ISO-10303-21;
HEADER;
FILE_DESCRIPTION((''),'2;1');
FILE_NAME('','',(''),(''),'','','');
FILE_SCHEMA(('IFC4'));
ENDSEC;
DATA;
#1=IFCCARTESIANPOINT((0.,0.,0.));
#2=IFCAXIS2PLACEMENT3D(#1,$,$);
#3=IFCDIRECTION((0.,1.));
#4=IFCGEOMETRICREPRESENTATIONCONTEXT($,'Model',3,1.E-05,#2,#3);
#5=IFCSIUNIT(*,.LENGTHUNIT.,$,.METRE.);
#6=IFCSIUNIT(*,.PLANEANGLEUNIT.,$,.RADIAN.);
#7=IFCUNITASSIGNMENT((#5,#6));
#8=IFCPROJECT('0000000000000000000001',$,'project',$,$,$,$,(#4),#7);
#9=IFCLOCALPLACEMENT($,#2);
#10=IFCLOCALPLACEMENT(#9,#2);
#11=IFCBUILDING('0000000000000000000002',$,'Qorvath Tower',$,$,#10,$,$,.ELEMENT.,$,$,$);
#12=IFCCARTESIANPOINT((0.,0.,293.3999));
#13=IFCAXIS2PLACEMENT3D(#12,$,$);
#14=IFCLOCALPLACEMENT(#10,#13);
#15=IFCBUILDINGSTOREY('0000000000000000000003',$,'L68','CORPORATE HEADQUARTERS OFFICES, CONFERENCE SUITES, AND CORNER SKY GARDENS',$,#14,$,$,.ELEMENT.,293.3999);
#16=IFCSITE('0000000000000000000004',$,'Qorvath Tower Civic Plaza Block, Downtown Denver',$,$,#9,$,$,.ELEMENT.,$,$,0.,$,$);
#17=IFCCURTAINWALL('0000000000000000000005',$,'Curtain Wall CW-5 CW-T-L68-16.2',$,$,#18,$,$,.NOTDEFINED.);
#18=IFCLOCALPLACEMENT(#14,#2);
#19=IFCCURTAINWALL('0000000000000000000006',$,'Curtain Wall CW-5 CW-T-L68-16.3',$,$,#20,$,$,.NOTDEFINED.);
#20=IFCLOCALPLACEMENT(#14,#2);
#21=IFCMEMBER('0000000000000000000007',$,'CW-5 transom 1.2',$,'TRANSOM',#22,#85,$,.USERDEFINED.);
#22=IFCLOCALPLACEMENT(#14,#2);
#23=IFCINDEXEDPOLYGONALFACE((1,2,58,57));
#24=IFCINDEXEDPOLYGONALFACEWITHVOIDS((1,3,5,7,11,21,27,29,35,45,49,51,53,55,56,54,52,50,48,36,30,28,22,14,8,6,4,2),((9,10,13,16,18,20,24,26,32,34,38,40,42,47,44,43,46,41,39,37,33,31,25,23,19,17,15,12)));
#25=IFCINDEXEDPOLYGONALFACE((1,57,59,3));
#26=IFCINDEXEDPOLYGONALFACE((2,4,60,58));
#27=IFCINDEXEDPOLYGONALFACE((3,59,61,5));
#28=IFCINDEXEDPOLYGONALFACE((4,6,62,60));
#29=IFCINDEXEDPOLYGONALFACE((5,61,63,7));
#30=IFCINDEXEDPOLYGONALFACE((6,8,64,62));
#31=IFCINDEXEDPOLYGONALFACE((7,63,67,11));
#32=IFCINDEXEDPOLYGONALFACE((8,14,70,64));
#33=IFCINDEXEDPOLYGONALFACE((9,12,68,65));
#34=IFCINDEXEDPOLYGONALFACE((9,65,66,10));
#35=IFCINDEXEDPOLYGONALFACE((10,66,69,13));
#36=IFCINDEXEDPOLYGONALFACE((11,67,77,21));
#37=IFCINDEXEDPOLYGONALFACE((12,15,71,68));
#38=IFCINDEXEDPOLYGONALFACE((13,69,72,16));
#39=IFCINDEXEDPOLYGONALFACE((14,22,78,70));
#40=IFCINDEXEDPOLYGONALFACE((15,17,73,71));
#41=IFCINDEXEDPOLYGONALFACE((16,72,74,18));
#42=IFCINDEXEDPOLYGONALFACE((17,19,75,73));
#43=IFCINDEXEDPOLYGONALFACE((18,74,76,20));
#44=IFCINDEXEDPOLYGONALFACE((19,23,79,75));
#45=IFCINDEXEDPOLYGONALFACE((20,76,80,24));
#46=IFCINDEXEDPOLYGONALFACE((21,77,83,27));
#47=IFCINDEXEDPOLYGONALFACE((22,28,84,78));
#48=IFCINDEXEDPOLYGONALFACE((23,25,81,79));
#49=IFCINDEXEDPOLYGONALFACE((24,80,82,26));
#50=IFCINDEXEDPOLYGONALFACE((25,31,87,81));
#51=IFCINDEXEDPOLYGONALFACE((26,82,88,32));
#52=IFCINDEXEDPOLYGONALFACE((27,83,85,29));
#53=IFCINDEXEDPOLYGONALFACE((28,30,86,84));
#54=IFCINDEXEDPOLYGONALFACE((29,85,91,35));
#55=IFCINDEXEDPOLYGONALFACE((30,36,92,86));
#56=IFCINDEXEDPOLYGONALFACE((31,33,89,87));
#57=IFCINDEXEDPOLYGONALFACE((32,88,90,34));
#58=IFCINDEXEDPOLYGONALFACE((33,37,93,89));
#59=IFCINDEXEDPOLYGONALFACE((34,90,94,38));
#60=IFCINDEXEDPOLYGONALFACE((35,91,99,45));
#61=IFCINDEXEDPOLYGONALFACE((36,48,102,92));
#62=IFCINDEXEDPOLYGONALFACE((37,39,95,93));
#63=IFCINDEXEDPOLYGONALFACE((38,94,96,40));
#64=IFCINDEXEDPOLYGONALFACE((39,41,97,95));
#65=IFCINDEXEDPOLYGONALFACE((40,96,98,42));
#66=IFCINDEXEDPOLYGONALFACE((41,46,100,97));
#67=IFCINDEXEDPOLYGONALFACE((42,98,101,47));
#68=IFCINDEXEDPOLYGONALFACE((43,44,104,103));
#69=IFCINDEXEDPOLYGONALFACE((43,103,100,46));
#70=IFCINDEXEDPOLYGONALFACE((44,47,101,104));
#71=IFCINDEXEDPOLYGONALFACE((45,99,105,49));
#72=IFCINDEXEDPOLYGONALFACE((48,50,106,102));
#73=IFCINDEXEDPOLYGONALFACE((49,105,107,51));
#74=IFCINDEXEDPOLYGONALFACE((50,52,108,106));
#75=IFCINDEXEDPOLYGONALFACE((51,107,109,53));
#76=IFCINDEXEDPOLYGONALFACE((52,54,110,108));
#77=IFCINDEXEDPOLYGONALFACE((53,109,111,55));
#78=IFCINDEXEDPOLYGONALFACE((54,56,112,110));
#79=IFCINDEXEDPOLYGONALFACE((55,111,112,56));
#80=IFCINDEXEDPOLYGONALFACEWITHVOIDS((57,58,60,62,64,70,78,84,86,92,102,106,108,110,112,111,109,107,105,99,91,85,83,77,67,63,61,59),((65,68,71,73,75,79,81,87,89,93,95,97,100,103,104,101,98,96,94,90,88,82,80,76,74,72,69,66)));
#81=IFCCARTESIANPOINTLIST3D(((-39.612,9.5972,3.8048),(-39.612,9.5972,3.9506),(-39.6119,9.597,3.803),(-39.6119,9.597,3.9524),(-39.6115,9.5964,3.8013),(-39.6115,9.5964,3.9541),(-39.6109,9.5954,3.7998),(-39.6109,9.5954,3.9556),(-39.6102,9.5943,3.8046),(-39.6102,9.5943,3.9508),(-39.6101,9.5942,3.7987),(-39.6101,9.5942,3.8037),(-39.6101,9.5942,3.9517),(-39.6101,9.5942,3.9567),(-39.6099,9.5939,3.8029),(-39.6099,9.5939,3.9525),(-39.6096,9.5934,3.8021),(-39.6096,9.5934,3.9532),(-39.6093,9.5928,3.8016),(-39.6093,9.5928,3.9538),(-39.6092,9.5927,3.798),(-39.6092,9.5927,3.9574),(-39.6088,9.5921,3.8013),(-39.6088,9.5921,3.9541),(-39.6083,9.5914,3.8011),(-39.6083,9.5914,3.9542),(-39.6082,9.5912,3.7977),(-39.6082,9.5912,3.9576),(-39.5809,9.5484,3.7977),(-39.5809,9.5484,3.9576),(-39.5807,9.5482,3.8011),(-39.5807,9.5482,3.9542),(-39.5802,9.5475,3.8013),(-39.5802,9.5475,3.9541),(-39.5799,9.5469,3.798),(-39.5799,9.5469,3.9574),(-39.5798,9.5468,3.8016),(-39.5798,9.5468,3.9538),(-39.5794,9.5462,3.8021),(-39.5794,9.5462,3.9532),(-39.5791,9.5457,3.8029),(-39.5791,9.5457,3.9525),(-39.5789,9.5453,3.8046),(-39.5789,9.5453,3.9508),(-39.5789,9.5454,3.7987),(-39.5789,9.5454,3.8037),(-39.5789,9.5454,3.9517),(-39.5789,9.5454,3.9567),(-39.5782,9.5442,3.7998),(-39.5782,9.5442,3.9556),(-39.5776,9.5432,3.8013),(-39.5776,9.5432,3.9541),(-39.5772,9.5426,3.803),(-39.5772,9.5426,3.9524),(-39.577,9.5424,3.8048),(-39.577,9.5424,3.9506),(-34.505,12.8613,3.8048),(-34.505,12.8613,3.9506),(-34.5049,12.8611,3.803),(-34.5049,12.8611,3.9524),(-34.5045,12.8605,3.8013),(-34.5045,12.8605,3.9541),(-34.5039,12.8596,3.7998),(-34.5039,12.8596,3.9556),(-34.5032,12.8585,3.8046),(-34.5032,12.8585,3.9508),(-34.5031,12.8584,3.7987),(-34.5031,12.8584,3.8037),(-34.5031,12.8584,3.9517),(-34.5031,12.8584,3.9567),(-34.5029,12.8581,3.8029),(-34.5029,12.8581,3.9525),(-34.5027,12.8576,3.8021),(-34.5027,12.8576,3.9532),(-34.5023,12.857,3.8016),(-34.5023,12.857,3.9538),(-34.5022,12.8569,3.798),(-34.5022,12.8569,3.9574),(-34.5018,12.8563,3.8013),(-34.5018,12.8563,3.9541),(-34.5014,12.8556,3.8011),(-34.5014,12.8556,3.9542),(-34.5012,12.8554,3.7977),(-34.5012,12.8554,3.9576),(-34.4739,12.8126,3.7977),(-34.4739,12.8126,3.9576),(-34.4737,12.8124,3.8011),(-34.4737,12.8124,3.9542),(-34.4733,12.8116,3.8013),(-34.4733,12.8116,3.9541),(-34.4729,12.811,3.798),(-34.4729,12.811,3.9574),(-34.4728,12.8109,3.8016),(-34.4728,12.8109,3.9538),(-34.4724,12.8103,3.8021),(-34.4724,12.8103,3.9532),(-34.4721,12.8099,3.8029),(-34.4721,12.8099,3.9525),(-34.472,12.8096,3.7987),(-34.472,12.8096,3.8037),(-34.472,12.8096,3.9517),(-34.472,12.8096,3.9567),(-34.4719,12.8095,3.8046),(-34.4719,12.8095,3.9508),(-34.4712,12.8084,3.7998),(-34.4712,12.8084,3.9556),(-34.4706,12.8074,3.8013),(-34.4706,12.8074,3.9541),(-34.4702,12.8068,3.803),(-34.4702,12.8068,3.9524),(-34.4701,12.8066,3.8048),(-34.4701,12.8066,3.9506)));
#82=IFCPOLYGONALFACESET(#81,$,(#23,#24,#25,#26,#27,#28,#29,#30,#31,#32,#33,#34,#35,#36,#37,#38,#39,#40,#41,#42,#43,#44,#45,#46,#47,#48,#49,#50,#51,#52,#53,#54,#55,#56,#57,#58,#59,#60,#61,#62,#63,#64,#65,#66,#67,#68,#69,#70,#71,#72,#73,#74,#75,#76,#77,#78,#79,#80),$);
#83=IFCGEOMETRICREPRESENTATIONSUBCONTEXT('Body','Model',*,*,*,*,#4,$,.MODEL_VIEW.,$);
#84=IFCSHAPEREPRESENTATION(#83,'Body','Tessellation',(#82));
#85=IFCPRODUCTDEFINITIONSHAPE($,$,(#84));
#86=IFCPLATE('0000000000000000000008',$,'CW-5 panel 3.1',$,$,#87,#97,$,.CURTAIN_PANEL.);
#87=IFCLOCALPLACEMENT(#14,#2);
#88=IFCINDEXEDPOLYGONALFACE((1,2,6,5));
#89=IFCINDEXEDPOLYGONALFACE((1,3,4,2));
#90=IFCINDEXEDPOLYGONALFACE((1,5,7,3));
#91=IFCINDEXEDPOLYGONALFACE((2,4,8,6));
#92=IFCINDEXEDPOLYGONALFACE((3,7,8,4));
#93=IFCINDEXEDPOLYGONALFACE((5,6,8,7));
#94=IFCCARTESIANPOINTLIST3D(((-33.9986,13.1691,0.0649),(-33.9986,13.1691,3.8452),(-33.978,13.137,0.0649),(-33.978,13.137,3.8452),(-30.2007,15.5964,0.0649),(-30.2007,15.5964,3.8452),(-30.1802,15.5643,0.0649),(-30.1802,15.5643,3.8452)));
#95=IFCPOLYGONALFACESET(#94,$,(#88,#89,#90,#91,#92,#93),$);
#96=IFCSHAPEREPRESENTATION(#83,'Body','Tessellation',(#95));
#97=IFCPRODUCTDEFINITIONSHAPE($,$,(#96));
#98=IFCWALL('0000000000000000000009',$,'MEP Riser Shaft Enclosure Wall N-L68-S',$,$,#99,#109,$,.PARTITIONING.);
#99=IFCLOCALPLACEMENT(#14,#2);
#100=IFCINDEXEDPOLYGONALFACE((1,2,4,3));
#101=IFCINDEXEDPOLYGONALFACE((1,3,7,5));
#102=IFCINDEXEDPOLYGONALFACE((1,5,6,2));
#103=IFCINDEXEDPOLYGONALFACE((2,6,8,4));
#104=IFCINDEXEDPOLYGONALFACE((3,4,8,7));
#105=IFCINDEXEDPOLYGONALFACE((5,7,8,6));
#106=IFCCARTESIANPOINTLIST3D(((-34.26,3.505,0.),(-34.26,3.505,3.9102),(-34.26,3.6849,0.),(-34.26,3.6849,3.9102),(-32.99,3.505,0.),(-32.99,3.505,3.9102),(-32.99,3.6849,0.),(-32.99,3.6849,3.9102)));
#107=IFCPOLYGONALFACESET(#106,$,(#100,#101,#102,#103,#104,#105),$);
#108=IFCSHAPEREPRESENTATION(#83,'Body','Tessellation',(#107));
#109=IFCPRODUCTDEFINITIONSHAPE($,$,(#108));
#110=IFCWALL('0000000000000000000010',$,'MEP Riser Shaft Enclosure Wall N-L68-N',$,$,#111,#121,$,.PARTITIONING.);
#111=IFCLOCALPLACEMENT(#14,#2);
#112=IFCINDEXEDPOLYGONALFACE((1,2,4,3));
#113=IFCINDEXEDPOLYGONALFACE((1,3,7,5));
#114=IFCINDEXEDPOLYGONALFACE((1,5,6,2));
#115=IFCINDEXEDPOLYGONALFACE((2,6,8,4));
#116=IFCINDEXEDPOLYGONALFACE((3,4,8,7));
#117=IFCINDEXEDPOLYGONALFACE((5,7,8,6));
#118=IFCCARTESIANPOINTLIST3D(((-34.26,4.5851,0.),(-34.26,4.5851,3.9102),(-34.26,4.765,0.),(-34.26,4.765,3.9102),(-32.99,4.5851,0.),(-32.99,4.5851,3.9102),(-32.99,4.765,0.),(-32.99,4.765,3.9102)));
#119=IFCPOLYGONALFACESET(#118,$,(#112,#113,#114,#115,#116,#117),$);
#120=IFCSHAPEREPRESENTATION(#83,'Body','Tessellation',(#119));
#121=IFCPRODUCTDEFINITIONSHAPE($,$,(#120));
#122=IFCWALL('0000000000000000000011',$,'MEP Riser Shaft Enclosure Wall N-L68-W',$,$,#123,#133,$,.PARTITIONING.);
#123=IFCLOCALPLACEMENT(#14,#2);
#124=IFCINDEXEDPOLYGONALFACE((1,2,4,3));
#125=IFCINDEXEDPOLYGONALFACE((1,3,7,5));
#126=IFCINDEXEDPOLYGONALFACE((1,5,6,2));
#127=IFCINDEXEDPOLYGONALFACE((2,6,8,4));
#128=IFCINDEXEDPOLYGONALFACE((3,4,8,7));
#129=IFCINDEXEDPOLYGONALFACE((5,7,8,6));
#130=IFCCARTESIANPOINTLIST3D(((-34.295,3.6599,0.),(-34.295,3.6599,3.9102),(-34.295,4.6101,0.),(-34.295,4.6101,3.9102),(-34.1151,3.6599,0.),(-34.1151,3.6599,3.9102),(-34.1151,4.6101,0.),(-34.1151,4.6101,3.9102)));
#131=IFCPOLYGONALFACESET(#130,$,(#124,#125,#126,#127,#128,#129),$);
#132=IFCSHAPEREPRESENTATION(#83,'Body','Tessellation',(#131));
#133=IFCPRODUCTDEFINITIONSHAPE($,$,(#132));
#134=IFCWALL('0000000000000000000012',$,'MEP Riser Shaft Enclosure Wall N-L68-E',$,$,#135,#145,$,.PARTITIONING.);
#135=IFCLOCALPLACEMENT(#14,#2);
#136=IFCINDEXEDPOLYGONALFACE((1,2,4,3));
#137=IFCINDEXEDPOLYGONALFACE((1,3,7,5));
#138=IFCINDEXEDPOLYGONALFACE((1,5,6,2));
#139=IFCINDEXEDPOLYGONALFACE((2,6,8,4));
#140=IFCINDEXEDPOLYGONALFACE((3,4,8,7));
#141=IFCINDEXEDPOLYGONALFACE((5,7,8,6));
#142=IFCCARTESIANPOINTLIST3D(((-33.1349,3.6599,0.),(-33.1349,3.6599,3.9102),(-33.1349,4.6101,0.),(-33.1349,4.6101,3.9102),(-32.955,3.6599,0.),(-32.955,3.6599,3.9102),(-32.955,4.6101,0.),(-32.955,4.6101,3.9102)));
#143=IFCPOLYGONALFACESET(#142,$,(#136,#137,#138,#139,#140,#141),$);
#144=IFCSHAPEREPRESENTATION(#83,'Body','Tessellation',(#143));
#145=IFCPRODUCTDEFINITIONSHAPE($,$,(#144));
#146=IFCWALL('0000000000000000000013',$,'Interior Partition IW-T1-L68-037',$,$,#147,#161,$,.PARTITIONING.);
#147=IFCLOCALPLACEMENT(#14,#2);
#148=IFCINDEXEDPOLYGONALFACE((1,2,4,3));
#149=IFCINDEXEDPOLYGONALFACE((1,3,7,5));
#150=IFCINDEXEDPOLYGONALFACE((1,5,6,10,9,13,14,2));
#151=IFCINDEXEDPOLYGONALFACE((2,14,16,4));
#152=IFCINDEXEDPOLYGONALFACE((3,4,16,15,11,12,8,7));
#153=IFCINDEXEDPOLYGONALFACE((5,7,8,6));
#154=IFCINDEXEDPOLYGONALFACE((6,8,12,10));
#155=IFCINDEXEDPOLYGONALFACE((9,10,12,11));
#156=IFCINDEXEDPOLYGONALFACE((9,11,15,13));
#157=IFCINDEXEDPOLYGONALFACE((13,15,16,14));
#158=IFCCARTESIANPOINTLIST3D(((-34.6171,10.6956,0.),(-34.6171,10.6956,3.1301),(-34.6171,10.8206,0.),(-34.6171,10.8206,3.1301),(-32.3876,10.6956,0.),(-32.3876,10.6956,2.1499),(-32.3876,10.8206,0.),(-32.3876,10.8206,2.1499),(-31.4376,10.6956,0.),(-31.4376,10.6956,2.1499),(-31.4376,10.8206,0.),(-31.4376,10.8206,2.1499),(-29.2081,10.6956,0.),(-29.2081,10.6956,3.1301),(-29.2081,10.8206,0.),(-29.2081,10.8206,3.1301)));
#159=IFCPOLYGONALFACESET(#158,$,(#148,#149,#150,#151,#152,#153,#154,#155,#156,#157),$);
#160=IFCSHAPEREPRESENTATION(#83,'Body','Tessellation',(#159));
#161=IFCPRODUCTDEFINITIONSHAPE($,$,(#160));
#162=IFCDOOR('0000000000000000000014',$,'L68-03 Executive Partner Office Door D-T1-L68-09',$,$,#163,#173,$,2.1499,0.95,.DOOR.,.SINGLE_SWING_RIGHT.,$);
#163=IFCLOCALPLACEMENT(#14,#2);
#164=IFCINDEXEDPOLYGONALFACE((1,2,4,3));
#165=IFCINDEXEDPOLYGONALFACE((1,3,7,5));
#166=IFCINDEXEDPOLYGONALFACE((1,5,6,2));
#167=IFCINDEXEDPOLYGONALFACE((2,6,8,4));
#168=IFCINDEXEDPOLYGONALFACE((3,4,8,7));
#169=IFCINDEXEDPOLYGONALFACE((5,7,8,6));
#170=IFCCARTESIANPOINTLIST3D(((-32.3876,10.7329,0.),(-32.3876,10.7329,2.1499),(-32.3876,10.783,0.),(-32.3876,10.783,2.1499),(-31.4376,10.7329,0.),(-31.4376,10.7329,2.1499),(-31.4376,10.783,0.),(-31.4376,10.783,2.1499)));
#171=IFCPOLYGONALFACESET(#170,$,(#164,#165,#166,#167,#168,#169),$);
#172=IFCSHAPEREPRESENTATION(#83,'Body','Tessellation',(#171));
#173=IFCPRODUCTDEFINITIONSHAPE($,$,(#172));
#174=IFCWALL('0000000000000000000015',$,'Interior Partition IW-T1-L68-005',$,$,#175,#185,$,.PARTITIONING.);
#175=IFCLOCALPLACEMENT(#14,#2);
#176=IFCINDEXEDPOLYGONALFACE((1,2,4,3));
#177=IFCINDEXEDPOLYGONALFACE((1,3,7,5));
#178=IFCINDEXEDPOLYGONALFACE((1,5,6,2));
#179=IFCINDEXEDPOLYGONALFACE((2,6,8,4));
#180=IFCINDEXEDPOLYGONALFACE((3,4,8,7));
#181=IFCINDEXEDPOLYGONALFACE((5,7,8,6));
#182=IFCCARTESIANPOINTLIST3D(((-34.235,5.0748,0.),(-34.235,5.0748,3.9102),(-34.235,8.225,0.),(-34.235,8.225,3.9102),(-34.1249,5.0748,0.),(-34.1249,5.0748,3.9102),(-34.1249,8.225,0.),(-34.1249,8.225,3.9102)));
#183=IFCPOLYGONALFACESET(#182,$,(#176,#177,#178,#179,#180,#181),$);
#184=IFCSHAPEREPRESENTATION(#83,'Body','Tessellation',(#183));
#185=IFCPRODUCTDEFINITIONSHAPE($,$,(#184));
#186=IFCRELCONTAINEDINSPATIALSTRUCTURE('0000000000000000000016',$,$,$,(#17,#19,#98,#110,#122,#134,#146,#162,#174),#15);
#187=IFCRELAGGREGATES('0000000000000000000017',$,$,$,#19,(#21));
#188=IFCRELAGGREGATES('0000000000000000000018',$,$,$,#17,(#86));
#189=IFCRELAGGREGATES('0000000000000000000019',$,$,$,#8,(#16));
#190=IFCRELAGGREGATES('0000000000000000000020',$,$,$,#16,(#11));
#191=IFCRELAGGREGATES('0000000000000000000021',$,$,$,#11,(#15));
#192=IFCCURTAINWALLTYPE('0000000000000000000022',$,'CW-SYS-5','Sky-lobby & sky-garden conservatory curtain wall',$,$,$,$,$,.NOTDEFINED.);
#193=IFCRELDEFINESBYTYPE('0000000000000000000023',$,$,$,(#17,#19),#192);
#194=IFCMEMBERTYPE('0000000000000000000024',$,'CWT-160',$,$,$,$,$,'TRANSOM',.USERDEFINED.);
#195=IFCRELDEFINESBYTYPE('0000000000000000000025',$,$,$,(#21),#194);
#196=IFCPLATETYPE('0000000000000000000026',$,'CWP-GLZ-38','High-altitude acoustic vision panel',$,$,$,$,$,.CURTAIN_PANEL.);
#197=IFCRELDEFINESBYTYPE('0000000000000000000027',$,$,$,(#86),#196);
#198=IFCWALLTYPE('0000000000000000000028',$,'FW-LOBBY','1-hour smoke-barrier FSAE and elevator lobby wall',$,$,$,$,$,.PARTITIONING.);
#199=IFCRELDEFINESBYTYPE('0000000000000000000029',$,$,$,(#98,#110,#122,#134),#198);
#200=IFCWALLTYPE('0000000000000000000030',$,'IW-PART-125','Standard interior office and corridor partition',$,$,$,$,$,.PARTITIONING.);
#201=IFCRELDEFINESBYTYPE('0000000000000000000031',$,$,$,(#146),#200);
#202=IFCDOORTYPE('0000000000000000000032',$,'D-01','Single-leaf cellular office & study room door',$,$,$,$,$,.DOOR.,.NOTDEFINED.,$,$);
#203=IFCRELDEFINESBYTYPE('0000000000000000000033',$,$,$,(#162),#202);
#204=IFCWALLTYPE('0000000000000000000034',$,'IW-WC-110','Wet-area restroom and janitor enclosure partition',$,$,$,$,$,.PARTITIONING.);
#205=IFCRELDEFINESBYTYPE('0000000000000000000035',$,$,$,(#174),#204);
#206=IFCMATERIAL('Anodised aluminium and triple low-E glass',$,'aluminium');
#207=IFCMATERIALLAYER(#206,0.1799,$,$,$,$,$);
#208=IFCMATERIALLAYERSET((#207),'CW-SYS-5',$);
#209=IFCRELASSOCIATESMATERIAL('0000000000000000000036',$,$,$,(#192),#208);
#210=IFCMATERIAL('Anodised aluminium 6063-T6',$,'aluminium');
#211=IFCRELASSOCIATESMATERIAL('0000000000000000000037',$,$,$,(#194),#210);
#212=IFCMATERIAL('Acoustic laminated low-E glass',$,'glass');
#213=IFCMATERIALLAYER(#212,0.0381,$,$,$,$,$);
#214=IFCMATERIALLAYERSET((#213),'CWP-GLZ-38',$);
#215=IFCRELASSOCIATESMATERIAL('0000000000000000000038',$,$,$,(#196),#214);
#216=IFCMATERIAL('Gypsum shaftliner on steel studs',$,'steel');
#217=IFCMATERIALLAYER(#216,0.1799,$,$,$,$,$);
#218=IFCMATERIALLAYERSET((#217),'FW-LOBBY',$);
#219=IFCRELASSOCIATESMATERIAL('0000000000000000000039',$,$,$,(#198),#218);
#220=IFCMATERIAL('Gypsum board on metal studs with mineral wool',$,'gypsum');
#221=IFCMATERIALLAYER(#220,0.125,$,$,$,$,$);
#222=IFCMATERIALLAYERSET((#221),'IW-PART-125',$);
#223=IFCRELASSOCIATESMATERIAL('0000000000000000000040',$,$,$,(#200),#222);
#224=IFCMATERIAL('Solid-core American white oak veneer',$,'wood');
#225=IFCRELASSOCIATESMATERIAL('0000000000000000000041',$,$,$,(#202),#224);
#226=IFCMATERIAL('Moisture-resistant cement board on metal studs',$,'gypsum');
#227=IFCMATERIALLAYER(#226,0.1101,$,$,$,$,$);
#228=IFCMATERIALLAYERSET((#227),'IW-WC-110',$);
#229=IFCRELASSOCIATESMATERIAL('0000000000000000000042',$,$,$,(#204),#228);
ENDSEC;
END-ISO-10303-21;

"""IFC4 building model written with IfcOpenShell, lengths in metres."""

from ifc_helpers import new_model, si_unit, direction, frame, frame_2d, origin, origin_2d, place, context, subcontext, project, spatial, rectangle, hollow_rectangle, extrude, material, layer, layer_set, material_profile, profile_set, type_object, element, fill, aggregate, save


model = new_model("IFC4")

# Units and contexts
model_context = context("Model", 3, precision=1e-05, world=origin(), true_north=direction((0.0, 1.0)))
body_context = subcontext(model_context, "Body", "Model", "MODEL_VIEW")
ifc_project = project(units=[si_unit("LENGTHUNIT", "METRE"), si_unit("PLANEANGLEUNIT", "RADIAN")], contexts=[model_context])

# Site, building, storey
site_placement = place(None, origin())
site = spatial("IfcSite", under=ifc_project, at=site_placement, Name="Qorvath Tower Civic Plaza Block, Downtown Denver", CompositionType="ELEMENT", RefElevation=0.0)
building_placement = place(site_placement, origin())
building = spatial("IfcBuilding", under=site, at=building_placement, Name="Qorvath Tower", CompositionType="ELEMENT")
storey_placement = place(building_placement, frame((0.0, 0.0, 293.3999)))
storey = spatial("IfcBuildingStorey", under=building, at=storey_placement, Name="L68", Description="CORPORATE HEADQUARTERS OFFICES, CONFERENCE SUITES, AND CORNER SKY GARDENS", CompositionType="ELEMENT", Elevation=293.3999)

# Curtain walls
ifc_material_1 = material(Name="Anodised aluminium and triple low-E glass", Category="aluminium")
ifc_layer_1 = layer(ifc_material_1, 0.1799)
ifc_layer_set_1 = layer_set([ifc_layer_1], Name="CW-SYS-5")
curtain_wall_type = type_object("IfcCurtainWallType", Name="CW-SYS-5", Description="Sky-lobby & sky-garden conservatory curtain wall", PredefinedType="NOTDEFINED", material=ifc_layer_set_1)
curtain_wall_1_placement = place(storey_placement, origin())
curtain_wall_1 = element("IfcCurtainWall", 1, at=curtain_wall_1_placement, inside=storey, type_object=curtain_wall_type, Name="Curtain Wall CW-5 CW-T-L68-16.2", PredefinedType="NOTDEFINED")
curtain_wall_2_placement = place(storey_placement, origin())
curtain_wall_2 = element("IfcCurtainWall", 2, at=curtain_wall_2_placement, inside=storey, type_object=curtain_wall_type, Name="Curtain Wall CW-5 CW-T-L68-16.3", PredefinedType="NOTDEFINED")

# Member
ifc_material_2 = material(Name="Anodised aluminium 6063-T6", Category="aluminium")
ifc_material_profile_1 = material_profile(ifc_material_2, hollow_rectangle(XDim=0.0649, YDim=0.1599, WallThickness=0.0034, InnerFilletRadius=0.0034, OuterFilletRadius=0.0071, at=origin_2d()), Name="CWT 160x65")
ifc_profile_set_1 = profile_set([ifc_material_profile_1], Name="Anodised aluminium 6063-T6")
member_type_1 = type_object("IfcMemberType", Name="CWT-160", ElementType="TRANSOM", PredefinedType="USERDEFINED", material=ifc_profile_set_1)
member_1_placement = place(storey_placement, frame((-34.4875, 12.834, 3.8777), z_axis=(-0.842592, -0.538553, 0.0), x_axis=(0.538553, -0.842592, 0.0)))
member_1 = element("IfcMember", 3, at=member_1_placement, type_object=member_type_1, Name="CW-5 transom 1.2", ObjectType="TRANSOM", PredefinedType="USERDEFINED", context=body_context, shape_type="SweptSolid", body=[
    extrude(hollow_rectangle(XDim=0.0649, YDim=0.1599, WallThickness=0.0034, InnerFilletRadius=0.0034, OuterFilletRadius=0.0071, at=origin_2d()), origin(), (0.0, 0.0, 1.0), 6.061),
])
aggregate(curtain_wall_2, [member_1])

# Plate
ifc_material_3 = material(Name="Acoustic laminated low-E glass", Category="glass")
ifc_layer_2 = layer(ifc_material_3, 0.0381)
ifc_layer_set_2 = layer_set([ifc_layer_2], Name="CWP-GLZ-38")
plate_type = type_object("IfcPlateType", Name="CWP-GLZ-38", Description="High-altitude acoustic vision panel", PredefinedType="CURTAIN_PANEL", material=ifc_layer_set_2)
plate_placement = place(storey_placement, frame((-32.0894, 14.3667, 0.0649), z_axis=(0.0, 0.0, 1.0), x_axis=(-0.842604, -0.538534, 0.0)))
plate = element("IfcPlate", 4, at=plate_placement, type_object=plate_type, Name="CW-5 panel 3.1", PredefinedType="CURTAIN_PANEL", context=body_context, shape_type="SweptSolid", body=[
    extrude(rectangle(XDim=4.5073, YDim=0.0381, at=origin_2d()), origin(), (0.0, 0.0, 1.0), 3.7803),
])
aggregate(curtain_wall_1, [plate])

# Walls
ifc_material_4 = material(Name="Gypsum shaftliner on steel studs", Category="steel")
ifc_layer_3 = layer(ifc_material_4, 0.1799)
ifc_layer_set_3 = layer_set([ifc_layer_3], Name="FW-LOBBY")
wall_type_1 = type_object("IfcWallType", Name="FW-LOBBY", Description="1-hour smoke-barrier FSAE and elevator lobby wall", PredefinedType="PARTITIONING", material=ifc_layer_set_3)
for number, where, z_axis, x_axis, name in (
    (5, (-32.99, 3.595, 0.0), (0.0, 0.0, 1.0), (-1.0, 0.0, 0.0), "MEP Riser Shaft Enclosure Wall N-L68-S"),
    (6, (-34.26, 4.675, 0.0), (0.0, 0.0, 1.0), (1.0, 0.0, 0.0), "MEP Riser Shaft Enclosure Wall N-L68-N"),
):
    element("IfcWall", number, at=place(storey_placement, frame(where, z_axis=z_axis, x_axis=x_axis)), inside=storey, type_object=wall_type_1, Name=name, PredefinedType="PARTITIONING", context=body_context, shape_type="SweptSolid", body=[
        extrude(rectangle(XDim=1.27, YDim=0.1799, at=frame_2d((0.635, 0.0))), origin(), (0.0, 0.0, 1.0), 3.9102),
    ])
for number, where, z_axis, x_axis, name in (
    (7, (-34.2051, 3.6599, 0.0), (0.0, 0.0, 1.0), (0.0, 1.0, 0.0), "MEP Riser Shaft Enclosure Wall N-L68-W"),
    (8, (-33.0449, 4.6101, 0.0), (0.0, 0.0, 1.0), (0.0, -1.0, 0.0), "MEP Riser Shaft Enclosure Wall N-L68-E"),
):
    element("IfcWall", number, at=place(storey_placement, frame(where, z_axis=z_axis, x_axis=x_axis)), inside=storey, type_object=wall_type_1, Name=name, PredefinedType="PARTITIONING", context=body_context, shape_type="SweptSolid", body=[
        extrude(rectangle(XDim=0.9502, YDim=0.1799, at=frame_2d((0.4751, 0.0))), origin(), (0.0, 0.0, 1.0), 3.9102),
    ])

# Wall, opening, door
ifc_material_5 = material(Name="Gypsum board on metal studs with mineral wool", Category="gypsum")
ifc_layer_4 = layer(ifc_material_5, 0.125)
ifc_layer_set_4 = layer_set([ifc_layer_4], Name="IW-PART-125")
wall_type_2 = type_object("IfcWallType", Name="IW-PART-125", Description="Standard interior office and corridor partition", PredefinedType="PARTITIONING", material=ifc_layer_set_4)
wall_1_placement = place(storey_placement, frame((-34.6172, 10.7581, 0.0), z_axis=(0.0, 0.0, 1.0), x_axis=(1.0, 0.0, 0.0)))
wall_1 = element("IfcWall", 9, at=wall_1_placement, inside=storey, type_object=wall_type_2, Name="Interior Partition IW-T1-L68-037", PredefinedType="PARTITIONING", context=body_context, shape_type="SweptSolid", body=[
    extrude(rectangle(XDim=5.4089, YDim=0.125, at=frame_2d((2.7046, 0.0))), origin(), (0.0, 0.0, 1.0), 3.1301),
])
opening_placement = place(wall_1_placement, frame((2.2295, 0.0, 0.0)))
opening = element("IfcOpeningElement", 10, at=opening_placement, cuts=wall_1, PredefinedType="OPENING", context=body_context, shape_type="SweptSolid", body=[
    extrude(rectangle(XDim=0.95, YDim=2.1499, at=frame_2d((0.4751, 1.075))), frame((0.0, 0.0725, 0.0), z_axis=(0.0, -1.0, 0.0), x_axis=(1.0, 0.0, 0.0)), (0.0, 0.0, 1.0), 0.145),
])
ifc_material_6 = material(Name="Solid-core American white oak veneer", Category="wood")
door_type = type_object("IfcDoorType", Name="D-01", Description="Single-leaf cellular office & study room door", OperationType="NOTDEFINED", PredefinedType="DOOR", material=ifc_material_6)
door_placement = place(opening_placement, origin())
door = element("IfcDoor", 11, at=door_placement, inside=storey, type_object=door_type, Name="L68-03 Executive Partner Office Door D-T1-L68-09", OperationType="SINGLE_SWING_RIGHT", OverallHeight=2.1499, OverallWidth=0.95, PredefinedType="DOOR", context=body_context, shape_type="SweptSolid", body=[
    extrude(rectangle(XDim=0.95, YDim=2.1499, at=frame_2d((0.4751, 1.075))), frame((0.0, 0.0249, 0.0), z_axis=(0.0, -1.0, 0.0), x_axis=(1.0, 0.0, 0.0)), (0.0, 0.0, 1.0), 0.05),
])
fill(opening, door)

# Wall
ifc_material_7 = material(Name="Moisture-resistant cement board on metal studs", Category="gypsum")
ifc_layer_5 = layer(ifc_material_7, 0.1101)
ifc_layer_set_5 = layer_set([ifc_layer_5], Name="IW-WC-110")
wall_type_3 = type_object("IfcWallType", Name="IW-WC-110", Description="Wet-area restroom and janitor enclosure partition", PredefinedType="PARTITIONING", material=ifc_layer_set_5)
wall_2_placement = place(storey_placement, frame((-34.1799, 8.2251, 0.0), z_axis=(0.0, 0.0, 1.0), x_axis=(0.0, -1.0, 0.0)))
element("IfcWall", 12, at=wall_2_placement, inside=storey, type_object=wall_type_3, Name="Interior Partition IW-T1-L68-005", PredefinedType="PARTITIONING", context=body_context, shape_type="SweptSolid", body=[
    extrude(rectangle(XDim=3.1501, YDim=0.1101, at=frame_2d((1.5752, 0.0))), origin(), (0.0, 0.0, 1.0), 3.9102),
])

save(model, "model.ifc")
